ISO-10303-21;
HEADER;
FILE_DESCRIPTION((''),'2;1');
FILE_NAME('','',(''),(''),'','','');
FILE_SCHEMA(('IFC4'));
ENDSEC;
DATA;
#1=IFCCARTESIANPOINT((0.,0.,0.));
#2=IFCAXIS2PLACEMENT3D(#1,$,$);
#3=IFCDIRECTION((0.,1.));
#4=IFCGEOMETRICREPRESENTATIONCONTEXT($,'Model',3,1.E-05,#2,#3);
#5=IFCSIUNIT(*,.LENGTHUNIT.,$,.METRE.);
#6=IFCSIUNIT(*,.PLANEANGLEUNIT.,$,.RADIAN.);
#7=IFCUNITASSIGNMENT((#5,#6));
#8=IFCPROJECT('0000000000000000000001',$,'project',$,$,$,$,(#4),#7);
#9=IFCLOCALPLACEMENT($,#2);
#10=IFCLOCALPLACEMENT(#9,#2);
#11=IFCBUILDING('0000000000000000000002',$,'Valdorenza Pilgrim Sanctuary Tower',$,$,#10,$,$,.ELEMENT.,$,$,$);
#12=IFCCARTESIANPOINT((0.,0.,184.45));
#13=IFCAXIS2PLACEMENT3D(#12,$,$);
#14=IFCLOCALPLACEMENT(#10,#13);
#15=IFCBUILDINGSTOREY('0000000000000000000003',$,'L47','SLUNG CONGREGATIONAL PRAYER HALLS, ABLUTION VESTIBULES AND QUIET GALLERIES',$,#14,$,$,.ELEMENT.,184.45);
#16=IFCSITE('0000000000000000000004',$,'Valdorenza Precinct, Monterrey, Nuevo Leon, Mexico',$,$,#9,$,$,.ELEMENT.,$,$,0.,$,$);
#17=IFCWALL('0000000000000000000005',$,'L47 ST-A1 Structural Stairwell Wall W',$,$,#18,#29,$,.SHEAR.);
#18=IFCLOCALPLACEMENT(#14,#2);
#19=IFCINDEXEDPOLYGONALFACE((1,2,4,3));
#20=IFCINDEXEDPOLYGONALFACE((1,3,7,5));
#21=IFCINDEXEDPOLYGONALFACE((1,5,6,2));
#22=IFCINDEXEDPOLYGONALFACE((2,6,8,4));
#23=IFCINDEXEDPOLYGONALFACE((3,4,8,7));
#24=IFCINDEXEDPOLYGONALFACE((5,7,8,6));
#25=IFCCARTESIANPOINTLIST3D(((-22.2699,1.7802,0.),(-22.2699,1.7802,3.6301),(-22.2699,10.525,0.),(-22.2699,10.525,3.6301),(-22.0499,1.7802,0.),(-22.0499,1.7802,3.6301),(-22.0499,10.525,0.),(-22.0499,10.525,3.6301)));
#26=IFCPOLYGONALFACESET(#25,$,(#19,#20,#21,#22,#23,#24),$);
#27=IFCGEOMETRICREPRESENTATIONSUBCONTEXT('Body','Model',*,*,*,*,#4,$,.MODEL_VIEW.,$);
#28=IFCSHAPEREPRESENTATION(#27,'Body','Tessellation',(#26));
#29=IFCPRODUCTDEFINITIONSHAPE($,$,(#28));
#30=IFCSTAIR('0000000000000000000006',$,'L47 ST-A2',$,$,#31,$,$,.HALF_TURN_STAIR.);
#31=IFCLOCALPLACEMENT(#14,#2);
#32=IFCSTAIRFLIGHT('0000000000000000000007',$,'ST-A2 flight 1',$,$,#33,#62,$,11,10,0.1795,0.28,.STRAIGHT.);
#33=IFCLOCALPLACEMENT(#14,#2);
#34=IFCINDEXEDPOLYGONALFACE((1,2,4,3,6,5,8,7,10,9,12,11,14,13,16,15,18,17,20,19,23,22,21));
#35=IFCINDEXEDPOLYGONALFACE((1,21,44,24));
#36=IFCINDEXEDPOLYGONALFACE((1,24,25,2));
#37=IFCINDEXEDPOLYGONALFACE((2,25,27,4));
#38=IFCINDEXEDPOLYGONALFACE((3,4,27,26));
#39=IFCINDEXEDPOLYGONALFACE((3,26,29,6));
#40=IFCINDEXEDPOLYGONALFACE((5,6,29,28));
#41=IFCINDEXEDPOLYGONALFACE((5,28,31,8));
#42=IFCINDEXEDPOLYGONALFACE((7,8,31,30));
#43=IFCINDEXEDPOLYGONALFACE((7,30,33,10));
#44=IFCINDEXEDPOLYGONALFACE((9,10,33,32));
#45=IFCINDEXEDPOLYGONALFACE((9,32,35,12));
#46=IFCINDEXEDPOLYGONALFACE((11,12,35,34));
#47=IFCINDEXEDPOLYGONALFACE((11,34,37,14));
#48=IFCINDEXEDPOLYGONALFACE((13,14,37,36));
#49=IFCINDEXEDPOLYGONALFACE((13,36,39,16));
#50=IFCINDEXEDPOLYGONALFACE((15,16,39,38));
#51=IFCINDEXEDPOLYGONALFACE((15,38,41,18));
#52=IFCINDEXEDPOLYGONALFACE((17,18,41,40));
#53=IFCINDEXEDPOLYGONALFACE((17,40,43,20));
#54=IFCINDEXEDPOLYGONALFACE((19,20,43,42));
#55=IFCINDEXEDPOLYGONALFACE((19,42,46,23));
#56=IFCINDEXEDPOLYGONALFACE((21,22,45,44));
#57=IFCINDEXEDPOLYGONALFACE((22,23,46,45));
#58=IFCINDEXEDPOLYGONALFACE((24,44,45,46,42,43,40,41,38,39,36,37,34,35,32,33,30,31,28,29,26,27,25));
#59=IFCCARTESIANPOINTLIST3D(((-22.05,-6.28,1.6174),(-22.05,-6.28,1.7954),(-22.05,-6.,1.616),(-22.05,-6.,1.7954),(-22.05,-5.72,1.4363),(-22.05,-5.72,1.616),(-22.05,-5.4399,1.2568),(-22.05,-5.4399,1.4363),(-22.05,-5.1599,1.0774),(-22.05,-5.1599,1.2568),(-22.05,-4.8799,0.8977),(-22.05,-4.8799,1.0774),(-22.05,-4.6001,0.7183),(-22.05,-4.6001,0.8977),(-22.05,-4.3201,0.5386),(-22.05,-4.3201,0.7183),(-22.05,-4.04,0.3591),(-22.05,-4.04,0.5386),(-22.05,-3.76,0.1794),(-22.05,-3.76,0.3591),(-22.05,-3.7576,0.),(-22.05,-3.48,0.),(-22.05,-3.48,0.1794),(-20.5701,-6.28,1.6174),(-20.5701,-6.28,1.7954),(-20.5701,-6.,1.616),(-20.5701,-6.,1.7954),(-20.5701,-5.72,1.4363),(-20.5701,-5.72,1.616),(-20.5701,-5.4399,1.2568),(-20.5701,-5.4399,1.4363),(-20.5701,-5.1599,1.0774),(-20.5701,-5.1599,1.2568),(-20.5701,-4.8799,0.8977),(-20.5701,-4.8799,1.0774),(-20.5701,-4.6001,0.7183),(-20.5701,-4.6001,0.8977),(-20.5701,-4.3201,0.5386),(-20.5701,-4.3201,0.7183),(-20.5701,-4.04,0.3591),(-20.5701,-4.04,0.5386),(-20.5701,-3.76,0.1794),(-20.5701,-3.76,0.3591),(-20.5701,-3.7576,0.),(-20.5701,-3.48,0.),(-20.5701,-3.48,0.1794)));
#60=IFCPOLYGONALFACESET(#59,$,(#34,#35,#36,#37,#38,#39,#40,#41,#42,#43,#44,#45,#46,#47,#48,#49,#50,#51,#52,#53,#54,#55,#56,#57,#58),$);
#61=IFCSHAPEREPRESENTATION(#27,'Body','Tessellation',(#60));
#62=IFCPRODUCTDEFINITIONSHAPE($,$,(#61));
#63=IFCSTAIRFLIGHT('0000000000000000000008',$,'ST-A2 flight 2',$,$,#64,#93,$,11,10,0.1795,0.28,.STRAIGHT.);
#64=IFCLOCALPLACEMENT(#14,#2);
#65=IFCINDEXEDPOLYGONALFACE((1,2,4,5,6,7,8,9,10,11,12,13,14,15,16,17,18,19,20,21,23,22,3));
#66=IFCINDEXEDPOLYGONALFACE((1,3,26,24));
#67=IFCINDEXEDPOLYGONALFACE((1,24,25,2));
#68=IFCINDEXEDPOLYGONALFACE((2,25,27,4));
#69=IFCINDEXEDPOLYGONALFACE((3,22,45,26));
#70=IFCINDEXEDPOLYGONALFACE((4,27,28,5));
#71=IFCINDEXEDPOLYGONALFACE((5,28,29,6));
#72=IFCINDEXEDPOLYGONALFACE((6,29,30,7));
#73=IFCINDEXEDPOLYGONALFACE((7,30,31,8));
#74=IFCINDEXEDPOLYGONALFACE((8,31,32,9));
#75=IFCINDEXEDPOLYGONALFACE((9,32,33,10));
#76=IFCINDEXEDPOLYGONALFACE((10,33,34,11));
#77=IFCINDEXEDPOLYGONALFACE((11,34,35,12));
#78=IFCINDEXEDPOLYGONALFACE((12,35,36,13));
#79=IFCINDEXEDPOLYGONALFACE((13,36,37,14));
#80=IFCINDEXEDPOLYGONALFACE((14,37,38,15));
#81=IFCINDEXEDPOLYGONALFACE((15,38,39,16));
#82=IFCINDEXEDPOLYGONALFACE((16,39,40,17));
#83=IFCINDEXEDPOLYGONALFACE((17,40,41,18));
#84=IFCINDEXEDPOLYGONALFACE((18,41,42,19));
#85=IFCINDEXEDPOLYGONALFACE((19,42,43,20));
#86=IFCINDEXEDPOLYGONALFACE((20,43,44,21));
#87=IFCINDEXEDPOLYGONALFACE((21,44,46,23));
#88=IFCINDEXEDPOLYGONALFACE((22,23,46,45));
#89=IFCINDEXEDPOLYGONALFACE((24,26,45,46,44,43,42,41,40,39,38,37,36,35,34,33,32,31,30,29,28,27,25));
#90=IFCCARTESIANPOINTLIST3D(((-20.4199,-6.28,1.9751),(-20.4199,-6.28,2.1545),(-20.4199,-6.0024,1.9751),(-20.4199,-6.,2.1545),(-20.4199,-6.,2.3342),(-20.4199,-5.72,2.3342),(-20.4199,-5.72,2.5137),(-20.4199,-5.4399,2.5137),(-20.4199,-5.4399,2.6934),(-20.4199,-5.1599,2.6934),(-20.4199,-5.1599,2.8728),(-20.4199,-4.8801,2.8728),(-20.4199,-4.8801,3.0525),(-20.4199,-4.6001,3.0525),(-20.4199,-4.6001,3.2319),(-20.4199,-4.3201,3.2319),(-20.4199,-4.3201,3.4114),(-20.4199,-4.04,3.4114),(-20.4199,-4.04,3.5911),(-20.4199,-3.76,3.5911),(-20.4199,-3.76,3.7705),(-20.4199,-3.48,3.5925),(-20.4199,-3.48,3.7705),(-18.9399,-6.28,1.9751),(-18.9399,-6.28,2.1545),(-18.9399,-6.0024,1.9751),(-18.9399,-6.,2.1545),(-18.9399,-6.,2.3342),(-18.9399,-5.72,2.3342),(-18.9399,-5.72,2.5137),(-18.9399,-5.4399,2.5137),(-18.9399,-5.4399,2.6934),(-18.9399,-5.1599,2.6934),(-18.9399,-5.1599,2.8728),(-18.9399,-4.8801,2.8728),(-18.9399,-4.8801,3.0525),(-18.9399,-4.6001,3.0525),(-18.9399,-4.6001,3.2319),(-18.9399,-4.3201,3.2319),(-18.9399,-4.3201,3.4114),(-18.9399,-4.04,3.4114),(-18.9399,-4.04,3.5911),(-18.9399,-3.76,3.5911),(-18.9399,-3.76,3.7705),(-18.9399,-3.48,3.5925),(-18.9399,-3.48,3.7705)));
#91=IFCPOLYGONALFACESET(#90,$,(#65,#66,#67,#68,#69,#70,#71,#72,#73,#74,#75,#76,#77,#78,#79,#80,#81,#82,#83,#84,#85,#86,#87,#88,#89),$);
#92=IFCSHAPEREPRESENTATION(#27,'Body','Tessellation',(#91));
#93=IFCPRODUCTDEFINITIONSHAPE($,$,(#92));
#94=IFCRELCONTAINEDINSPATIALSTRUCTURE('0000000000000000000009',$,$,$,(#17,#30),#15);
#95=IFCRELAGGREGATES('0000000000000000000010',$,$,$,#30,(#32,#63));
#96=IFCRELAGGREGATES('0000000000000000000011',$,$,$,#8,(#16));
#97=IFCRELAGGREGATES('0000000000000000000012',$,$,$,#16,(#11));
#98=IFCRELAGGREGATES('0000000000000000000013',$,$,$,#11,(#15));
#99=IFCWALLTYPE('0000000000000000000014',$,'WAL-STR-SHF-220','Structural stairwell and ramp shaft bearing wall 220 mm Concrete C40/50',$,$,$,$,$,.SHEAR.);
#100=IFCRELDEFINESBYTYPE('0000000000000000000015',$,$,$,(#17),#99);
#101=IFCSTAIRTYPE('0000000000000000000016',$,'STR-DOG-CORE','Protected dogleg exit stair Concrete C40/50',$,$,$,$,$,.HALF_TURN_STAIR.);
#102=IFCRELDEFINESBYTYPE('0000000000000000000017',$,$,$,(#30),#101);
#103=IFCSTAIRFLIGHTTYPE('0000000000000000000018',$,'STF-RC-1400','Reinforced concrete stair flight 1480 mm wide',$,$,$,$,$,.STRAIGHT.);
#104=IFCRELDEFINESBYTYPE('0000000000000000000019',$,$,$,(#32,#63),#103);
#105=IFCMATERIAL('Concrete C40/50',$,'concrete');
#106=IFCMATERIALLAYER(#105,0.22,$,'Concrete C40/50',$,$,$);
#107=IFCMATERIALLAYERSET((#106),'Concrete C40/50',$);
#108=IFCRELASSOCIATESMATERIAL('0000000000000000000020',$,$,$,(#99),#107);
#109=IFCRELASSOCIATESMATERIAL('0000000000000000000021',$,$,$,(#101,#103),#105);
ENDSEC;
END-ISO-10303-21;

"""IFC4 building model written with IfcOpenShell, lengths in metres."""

from ifc_helpers import new_model, si_unit, direction, frame, frame_2d, origin, place, context, subcontext, project, spatial, polyline, rectangle, outline, extrude, material, layer, layer_set, type_object, element, aggregate, save


model = new_model("IFC4")

# Units and contexts
model_context = context("Model", 3, precision=1e-05, world=origin(), true_north=direction((0.0, 1.0)))
body_context = subcontext(model_context, "Body", "Model", "MODEL_VIEW")
ifc_project = project(units=[si_unit("LENGTHUNIT", "METRE"), si_unit("PLANEANGLEUNIT", "RADIAN")], contexts=[model_context])

# Site, building, storey
site_placement = place(None, origin())
site = spatial("IfcSite", under=ifc_project, at=site_placement, Name="Valdorenza Precinct, Monterrey, Nuevo Leon, Mexico", CompositionType="ELEMENT", RefElevation=0.0)
building_placement = place(site_placement, origin())
building = spatial("IfcBuilding", under=site, at=building_placement, Name="Valdorenza Pilgrim Sanctuary Tower", CompositionType="ELEMENT")
storey_placement = place(building_placement, frame((0.0, 0.0, 184.45)))
storey = spatial("IfcBuildingStorey", under=building, at=storey_placement, Name="L47", Description="SLUNG CONGREGATIONAL PRAYER HALLS, ABLUTION VESTIBULES AND QUIET GALLERIES", CompositionType="ELEMENT", Elevation=184.45)

# Wall
ifc_material_1 = material(Name="Concrete C40/50", Category="concrete")
ifc_layer_1 = layer(ifc_material_1, 0.22, Name="Concrete C40/50")
ifc_layer_set_1 = layer_set([ifc_layer_1], Name="Concrete C40/50")
wall_type_1 = type_object("IfcWallType", Name="WAL-STR-SHF-220", Description="Structural stairwell and ramp shaft bearing wall 220 mm Concrete C40/50", PredefinedType="SHEAR", material=ifc_layer_set_1)
wall_1_placement = place(storey_placement, frame((-22.1599, 1.78, 0.0), z_axis=(0.0, 0.0, 1.0), x_axis=(0.0, 1.0, 0.0)))
element("IfcWall", 1, at=wall_1_placement, inside=storey, type_object=wall_type_1, Name="L47 ST-A1 Structural Stairwell Wall W", PredefinedType="SHEAR", context=body_context, shape_type="SweptSolid", body=[
    extrude(rectangle(XDim=8.7449, YDim=0.22, at=frame_2d((4.3726, 0.0))), origin(), (0.0, 0.0, 1.0), 3.6301),
])

# Stair, stair flights
stair_type = type_object("IfcStairType", Name="STR-DOG-CORE", Description="Protected dogleg exit stair Concrete C40/50", PredefinedType="HALF_TURN_STAIR", material=ifc_material_1)
stair_placement = place(storey_placement, origin())
stair = element("IfcStair", 2, at=stair_placement, inside=storey, type_object=stair_type, Name="L47 ST-A2", PredefinedType="HALF_TURN_STAIR")
stair_flight_type = type_object("IfcStairFlightType", Name="STF-RC-1400", Description="Reinforced concrete stair flight 1480 mm wide", PredefinedType="STRAIGHT", material=ifc_material_1)
stair_flight_1_placement = place(storey_placement, frame((-21.3101, -3.48, 0.0), z_axis=(0.0, 0.0, 1.0), x_axis=(0.0, -1.0, 0.0)))
stair_flight_1 = element("IfcStairFlight", 3, at=stair_flight_1_placement, type_object=stair_flight_type, Name="ST-A2 flight 1", NumberOfRisers=11, NumberOfTreads=10, PredefinedType="STRAIGHT", RiserHeight=0.1795, TreadLength=0.28, context=body_context, shape_type="SweptSolid", body=[
    extrude(outline(polyline([(0.0, 0.0), (0.0, 0.1794), (0.28, 0.1794), (0.28, 0.3591), (0.5601, 0.3591), (0.5601, 0.5386), (0.8401, 0.5386), (0.8401, 0.7183), (1.1201, 0.7183), (1.1201, 0.8977), (1.3999, 0.8977), (1.3999, 1.0774), (1.6799, 1.0774), (1.6799, 1.2568), (1.96, 1.2568), (1.96, 1.4363), (2.24, 1.4363), (2.24, 1.616), (2.52, 1.616), (2.52, 1.7954), (2.8, 1.7954), (2.8, 1.9751), (2.8, 1.6174), (0.2776, 0.0), (0.0, 0.0)])), frame((0.0, 0.74, 0.0), z_axis=(0.0, -1.0, 0.0), x_axis=(1.0, 0.0, 0.0)), (0.0, 0.0, 1.0), 1.48),
])
stair_flight_2_placement = place(storey_placement, frame((-19.6799, -6.28, 1.9751), z_axis=(0.0, 0.0, 1.0), x_axis=(0.0, 1.0, 0.0)))
stair_flight_2 = element("IfcStairFlight", 4, at=stair_flight_2_placement, type_object=stair_flight_type, Name="ST-A2 flight 2", NumberOfRisers=11, NumberOfTreads=10, PredefinedType="STRAIGHT", RiserHeight=0.1795, TreadLength=0.28, context=body_context, shape_type="SweptSolid", body=[
    extrude(outline(polyline([(0.0, 0.0), (0.0, 0.1794), (0.28, 0.1794), (0.28, 0.3591), (0.5601, 0.3591), (0.5601, 0.5386), (0.8401, 0.5386), (0.8401, 0.7183), (1.1201, 0.7183), (1.1201, 0.8977), (1.3999, 0.8977), (1.3999, 1.0774), (1.6799, 1.0774), (1.6799, 1.2568), (1.96, 1.2568), (1.96, 1.4363), (2.24, 1.4363), (2.24, 1.616), (2.52, 1.616), (2.52, 1.7954), (2.8, 1.7954), (2.8, 1.9751), (2.8, 1.6174), (0.2776, 0.0), (0.0, 0.0)])), frame((0.0, 0.74, 0.0), z_axis=(0.0, -1.0, 0.0), x_axis=(1.0, 0.0, 0.0)), (0.0, 0.0, 1.0), 1.48),
])
aggregate(stair, [stair_flight_1, stair_flight_2])

save(model, "model.ifc")
